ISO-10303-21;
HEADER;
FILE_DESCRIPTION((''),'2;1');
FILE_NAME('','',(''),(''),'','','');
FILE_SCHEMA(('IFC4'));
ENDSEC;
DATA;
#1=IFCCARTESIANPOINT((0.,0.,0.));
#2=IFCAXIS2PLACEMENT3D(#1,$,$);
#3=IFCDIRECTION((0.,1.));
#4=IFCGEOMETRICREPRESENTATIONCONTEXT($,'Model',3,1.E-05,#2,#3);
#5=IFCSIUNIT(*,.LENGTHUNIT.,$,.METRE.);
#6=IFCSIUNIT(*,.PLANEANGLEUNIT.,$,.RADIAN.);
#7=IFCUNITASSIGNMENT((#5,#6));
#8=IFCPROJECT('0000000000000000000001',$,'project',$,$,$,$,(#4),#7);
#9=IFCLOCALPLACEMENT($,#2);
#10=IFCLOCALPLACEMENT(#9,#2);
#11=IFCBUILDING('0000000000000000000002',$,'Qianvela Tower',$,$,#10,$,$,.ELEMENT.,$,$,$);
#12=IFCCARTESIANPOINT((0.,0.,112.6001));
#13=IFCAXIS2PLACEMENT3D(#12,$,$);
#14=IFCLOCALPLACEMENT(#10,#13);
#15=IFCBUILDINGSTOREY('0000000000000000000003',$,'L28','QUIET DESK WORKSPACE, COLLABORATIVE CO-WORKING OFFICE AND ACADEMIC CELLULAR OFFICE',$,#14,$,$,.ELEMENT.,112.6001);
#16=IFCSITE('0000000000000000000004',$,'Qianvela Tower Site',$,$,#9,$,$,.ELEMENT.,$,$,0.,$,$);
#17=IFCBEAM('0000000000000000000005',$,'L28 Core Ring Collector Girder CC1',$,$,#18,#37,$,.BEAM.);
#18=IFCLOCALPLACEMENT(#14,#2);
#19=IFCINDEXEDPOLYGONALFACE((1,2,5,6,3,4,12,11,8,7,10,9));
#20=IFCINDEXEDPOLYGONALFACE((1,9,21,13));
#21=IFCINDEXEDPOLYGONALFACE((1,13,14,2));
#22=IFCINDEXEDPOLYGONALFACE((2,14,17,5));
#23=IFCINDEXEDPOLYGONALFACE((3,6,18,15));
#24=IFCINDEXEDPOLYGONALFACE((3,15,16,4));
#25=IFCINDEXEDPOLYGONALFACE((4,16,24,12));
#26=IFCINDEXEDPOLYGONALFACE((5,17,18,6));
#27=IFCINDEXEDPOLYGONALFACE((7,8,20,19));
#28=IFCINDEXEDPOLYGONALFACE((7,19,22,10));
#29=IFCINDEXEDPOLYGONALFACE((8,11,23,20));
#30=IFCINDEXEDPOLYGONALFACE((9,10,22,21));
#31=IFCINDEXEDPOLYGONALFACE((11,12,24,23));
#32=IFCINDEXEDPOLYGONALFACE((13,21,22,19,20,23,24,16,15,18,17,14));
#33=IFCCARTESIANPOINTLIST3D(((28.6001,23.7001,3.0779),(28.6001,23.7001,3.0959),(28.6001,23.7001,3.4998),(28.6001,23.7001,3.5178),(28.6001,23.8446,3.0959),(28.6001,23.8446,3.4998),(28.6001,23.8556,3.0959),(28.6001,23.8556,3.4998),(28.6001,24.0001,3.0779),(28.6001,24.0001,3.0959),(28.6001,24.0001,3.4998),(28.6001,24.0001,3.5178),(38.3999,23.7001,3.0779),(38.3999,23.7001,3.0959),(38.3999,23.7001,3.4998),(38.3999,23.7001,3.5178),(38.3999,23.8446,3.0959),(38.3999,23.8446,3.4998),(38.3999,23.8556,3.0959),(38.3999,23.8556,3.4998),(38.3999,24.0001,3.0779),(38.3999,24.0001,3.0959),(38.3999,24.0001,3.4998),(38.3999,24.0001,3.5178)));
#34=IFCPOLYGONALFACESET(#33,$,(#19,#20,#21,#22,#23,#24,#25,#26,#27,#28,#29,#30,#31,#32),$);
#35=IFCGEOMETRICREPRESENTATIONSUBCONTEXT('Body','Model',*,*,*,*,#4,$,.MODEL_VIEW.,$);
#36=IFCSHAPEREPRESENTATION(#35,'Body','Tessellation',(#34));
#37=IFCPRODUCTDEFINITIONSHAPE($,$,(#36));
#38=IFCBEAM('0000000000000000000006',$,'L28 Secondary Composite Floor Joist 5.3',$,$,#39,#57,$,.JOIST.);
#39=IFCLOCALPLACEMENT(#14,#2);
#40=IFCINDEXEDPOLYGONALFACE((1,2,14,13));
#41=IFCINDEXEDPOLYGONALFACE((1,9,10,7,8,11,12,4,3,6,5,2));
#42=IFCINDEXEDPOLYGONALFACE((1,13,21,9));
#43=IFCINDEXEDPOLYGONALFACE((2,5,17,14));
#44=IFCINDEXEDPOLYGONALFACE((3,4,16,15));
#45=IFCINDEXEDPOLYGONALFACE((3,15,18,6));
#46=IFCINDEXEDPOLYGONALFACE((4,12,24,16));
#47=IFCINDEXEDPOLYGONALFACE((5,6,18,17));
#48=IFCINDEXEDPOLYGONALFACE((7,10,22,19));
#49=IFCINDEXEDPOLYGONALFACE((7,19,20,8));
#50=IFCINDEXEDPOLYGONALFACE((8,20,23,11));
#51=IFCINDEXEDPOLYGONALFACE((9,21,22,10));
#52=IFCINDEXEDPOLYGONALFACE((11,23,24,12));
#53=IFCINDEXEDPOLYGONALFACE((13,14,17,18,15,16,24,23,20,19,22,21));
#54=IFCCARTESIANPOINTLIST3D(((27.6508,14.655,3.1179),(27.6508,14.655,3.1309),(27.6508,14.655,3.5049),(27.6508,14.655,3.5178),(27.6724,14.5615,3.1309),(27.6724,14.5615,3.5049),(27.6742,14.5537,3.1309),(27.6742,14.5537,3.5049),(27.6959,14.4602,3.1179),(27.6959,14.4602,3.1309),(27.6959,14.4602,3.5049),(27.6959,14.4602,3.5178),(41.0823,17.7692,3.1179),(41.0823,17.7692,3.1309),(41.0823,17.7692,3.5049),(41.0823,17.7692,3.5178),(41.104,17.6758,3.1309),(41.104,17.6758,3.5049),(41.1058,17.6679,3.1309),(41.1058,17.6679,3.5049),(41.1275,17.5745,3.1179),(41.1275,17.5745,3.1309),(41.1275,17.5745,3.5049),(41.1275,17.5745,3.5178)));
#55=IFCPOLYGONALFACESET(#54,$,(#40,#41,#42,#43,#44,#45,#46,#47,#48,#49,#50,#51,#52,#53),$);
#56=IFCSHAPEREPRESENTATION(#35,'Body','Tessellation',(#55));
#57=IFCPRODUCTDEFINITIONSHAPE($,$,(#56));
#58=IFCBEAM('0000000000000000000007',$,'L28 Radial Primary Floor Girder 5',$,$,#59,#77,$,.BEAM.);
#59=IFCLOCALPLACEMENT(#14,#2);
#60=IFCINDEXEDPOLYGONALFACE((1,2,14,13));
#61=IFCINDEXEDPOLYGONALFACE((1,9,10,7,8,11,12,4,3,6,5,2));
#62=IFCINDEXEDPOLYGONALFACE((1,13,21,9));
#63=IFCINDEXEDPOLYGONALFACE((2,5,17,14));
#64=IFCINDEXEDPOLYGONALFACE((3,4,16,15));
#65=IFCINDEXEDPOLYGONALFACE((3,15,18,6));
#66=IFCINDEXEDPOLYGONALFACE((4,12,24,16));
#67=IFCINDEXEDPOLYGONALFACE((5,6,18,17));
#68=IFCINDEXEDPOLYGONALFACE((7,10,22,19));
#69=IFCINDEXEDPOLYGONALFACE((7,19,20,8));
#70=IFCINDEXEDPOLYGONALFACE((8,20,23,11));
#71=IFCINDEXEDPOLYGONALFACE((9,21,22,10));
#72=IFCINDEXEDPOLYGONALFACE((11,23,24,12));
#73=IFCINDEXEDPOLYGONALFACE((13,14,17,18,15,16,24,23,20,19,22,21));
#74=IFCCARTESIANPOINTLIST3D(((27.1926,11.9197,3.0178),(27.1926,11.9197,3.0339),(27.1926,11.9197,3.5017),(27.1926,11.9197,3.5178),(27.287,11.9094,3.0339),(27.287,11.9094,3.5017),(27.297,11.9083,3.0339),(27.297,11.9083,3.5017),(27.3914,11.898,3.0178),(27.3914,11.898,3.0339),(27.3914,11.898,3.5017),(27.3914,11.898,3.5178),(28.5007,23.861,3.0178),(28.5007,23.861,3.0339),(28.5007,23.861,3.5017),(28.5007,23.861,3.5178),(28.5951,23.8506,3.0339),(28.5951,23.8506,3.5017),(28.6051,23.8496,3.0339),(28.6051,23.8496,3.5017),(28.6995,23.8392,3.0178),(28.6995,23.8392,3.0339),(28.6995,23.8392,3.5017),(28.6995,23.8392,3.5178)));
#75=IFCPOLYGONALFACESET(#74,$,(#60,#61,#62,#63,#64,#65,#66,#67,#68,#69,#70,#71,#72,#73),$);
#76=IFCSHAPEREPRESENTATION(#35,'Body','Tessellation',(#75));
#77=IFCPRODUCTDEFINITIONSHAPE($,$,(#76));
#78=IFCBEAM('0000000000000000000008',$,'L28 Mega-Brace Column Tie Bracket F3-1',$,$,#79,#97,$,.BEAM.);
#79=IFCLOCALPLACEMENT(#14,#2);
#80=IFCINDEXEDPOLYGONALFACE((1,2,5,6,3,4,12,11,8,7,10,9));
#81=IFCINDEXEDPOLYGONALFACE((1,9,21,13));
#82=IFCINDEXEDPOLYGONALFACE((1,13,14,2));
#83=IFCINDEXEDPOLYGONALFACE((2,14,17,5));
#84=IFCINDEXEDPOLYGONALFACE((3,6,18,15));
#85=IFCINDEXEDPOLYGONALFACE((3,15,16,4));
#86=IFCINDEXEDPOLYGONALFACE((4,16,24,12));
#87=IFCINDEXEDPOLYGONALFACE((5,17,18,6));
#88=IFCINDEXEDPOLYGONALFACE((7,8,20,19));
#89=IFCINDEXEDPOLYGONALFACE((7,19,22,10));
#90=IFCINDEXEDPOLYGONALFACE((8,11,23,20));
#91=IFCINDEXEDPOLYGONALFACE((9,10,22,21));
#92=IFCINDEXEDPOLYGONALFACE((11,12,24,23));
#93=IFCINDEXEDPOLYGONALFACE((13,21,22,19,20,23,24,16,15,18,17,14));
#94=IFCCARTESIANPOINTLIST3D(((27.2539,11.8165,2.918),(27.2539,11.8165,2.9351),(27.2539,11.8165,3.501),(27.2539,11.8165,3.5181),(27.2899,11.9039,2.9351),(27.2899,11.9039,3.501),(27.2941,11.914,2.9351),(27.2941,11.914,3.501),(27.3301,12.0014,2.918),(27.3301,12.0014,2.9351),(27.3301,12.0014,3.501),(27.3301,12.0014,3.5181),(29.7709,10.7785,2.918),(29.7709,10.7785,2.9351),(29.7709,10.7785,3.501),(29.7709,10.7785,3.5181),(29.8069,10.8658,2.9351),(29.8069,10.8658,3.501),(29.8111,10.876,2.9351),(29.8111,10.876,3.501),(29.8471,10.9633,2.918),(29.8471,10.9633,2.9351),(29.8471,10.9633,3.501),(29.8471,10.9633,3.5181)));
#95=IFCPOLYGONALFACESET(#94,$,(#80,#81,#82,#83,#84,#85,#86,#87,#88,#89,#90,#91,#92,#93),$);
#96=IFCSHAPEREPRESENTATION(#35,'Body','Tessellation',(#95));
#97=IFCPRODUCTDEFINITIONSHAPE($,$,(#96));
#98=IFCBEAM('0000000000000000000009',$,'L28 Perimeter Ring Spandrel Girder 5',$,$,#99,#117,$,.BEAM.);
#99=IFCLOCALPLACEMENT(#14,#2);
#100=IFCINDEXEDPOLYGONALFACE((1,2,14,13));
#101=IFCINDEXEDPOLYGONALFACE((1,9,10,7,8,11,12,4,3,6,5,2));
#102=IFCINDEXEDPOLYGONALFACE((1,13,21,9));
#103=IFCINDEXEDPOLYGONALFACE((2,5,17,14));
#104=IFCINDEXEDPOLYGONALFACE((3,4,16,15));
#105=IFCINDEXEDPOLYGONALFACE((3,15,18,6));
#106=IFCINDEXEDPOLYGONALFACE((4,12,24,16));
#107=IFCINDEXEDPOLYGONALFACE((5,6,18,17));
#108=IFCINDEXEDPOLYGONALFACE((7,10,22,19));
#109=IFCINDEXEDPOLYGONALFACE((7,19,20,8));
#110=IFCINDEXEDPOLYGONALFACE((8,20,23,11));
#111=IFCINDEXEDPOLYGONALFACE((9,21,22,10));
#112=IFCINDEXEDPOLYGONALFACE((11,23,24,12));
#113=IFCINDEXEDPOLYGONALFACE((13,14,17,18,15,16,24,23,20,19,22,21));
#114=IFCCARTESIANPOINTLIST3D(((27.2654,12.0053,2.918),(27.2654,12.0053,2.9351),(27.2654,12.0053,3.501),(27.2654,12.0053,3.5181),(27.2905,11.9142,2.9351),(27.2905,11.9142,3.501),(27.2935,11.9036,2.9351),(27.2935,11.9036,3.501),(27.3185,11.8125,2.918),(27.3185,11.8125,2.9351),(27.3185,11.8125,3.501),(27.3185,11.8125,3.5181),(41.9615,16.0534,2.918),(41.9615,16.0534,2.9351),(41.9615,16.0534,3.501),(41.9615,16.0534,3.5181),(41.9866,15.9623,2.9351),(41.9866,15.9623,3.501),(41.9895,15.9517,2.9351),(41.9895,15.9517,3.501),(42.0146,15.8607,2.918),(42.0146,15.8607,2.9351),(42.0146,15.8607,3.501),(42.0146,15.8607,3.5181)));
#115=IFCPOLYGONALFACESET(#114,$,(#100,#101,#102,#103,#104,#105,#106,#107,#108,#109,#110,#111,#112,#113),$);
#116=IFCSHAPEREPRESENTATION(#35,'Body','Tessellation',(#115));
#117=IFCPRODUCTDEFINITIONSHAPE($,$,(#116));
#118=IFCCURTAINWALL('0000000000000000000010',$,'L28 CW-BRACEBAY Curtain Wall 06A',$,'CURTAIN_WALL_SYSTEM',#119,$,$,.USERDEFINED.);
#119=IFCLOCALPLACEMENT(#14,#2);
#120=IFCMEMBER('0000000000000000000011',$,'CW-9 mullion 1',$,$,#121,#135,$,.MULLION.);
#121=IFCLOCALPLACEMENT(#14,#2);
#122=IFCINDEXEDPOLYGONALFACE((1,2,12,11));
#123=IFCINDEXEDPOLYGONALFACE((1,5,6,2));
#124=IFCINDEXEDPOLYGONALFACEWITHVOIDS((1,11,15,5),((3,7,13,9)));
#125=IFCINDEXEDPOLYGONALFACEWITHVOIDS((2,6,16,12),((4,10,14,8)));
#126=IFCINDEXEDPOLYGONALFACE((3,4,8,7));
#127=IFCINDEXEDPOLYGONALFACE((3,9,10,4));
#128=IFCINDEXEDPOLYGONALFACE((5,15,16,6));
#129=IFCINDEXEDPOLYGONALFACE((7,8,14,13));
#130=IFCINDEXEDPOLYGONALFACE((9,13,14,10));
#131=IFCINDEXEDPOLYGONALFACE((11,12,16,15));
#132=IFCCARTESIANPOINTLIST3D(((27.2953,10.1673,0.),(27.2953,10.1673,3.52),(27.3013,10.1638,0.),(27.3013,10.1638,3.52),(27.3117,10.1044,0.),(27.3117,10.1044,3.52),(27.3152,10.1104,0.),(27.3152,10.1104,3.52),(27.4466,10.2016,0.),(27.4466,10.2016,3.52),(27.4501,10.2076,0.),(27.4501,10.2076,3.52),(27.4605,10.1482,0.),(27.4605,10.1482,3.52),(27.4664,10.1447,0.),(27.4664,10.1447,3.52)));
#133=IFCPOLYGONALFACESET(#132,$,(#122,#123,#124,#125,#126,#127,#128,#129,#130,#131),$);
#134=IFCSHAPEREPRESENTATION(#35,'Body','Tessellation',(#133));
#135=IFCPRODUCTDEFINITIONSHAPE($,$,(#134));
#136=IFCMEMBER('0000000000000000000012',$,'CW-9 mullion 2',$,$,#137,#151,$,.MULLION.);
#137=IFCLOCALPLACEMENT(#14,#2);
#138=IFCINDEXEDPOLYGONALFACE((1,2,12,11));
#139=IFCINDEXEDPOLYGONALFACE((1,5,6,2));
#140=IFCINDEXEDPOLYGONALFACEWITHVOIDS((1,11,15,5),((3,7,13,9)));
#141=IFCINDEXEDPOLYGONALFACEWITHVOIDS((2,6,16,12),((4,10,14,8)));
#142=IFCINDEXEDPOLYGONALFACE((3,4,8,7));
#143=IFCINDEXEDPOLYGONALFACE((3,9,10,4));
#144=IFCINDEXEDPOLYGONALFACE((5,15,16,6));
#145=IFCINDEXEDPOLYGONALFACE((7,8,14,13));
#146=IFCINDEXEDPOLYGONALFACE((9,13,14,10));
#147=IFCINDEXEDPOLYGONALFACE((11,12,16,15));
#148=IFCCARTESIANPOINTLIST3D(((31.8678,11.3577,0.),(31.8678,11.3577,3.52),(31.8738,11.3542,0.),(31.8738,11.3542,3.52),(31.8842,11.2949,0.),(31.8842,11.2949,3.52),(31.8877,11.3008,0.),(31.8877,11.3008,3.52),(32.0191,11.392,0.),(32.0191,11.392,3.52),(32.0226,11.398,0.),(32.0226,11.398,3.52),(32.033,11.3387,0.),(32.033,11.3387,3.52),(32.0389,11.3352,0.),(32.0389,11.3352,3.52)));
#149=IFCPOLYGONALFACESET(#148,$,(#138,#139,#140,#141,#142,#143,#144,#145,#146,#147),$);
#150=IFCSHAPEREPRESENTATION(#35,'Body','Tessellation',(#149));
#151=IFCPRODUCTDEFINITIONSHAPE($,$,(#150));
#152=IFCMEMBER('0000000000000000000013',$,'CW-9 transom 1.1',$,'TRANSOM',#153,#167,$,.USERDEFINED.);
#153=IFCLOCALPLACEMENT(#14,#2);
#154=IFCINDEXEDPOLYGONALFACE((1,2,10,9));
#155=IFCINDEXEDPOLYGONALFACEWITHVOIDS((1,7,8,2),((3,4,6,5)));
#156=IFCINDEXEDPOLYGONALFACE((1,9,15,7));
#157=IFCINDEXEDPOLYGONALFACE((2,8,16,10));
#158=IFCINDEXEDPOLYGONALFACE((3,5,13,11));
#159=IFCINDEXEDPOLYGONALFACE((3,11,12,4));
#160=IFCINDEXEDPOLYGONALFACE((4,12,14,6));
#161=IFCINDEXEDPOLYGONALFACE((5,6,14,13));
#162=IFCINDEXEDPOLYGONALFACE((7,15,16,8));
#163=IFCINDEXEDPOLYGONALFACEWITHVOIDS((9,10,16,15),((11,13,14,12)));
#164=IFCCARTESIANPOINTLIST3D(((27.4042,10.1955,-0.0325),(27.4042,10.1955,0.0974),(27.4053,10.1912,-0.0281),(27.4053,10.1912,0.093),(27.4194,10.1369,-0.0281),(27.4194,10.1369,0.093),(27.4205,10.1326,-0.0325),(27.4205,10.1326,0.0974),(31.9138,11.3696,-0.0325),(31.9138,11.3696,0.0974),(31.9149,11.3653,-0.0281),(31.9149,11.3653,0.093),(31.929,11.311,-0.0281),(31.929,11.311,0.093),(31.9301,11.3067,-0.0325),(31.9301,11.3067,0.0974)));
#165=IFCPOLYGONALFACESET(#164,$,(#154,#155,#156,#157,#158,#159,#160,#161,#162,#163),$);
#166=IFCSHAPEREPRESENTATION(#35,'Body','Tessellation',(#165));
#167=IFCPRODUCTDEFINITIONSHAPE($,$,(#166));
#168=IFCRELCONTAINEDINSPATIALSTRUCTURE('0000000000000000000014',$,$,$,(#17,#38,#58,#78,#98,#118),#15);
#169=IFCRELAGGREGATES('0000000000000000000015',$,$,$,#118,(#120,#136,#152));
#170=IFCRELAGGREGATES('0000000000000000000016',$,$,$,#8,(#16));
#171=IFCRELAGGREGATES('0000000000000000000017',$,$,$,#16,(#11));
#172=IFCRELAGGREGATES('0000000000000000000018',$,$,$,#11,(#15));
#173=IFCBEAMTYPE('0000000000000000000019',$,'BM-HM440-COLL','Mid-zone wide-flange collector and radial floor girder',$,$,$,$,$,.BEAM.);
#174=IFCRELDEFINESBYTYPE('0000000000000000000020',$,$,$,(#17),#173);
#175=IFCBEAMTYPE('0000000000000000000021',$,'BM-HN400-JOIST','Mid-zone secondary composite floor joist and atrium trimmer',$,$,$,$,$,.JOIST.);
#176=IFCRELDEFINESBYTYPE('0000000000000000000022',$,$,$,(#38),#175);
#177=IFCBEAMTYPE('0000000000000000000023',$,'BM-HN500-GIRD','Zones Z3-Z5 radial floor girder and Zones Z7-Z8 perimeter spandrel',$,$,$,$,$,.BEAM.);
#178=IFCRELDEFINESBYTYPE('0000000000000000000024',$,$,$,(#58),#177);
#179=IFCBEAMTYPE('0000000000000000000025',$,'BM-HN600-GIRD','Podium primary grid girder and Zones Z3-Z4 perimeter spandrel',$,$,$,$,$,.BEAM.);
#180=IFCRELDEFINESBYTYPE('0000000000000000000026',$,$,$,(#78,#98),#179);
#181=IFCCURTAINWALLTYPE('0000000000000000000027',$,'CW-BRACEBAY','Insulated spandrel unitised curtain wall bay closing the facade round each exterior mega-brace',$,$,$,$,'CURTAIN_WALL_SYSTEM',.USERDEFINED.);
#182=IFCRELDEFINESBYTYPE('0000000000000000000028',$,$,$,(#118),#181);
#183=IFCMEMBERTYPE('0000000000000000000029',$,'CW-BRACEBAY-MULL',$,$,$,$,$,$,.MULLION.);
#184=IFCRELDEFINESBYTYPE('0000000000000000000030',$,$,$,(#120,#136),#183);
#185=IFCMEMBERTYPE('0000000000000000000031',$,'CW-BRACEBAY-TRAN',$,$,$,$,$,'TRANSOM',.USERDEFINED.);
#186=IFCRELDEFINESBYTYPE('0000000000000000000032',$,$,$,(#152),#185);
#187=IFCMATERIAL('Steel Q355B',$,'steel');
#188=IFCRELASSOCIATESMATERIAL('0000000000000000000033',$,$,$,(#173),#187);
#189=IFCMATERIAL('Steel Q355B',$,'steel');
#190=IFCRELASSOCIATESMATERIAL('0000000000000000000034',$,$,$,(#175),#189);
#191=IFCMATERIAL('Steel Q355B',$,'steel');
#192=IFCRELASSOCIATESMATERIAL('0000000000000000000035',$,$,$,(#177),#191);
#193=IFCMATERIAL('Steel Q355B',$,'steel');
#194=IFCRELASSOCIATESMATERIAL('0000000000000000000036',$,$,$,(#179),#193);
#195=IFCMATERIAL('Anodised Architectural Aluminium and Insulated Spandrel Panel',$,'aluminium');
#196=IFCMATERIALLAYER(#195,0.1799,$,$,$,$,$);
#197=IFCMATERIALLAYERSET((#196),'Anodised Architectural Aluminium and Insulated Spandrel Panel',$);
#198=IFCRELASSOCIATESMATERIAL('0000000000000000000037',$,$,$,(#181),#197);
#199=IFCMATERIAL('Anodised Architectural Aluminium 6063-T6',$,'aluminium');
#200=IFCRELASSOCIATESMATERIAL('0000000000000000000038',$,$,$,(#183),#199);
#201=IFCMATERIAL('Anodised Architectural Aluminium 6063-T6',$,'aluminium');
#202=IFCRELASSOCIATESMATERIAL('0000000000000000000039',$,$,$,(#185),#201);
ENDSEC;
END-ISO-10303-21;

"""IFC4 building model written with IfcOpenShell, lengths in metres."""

from ifc_helpers import new_model, si_unit, direction, frame, origin, origin_2d, place, context, subcontext, project, spatial, hollow_rectangle, i_section, extrude, material, layer, layer_set, material_profile, profile_set, type_object, element, aggregate, save


model = new_model("IFC4")

# Units and contexts
model_context = context("Model", 3, precision=1e-05, world=origin(), true_north=direction((0.0, 1.0)))
body_context = subcontext(model_context, "Body", "Model", "MODEL_VIEW")
ifc_project = project(units=[si_unit("LENGTHUNIT", "METRE"), si_unit("PLANEANGLEUNIT", "RADIAN")], contexts=[model_context])

# Site, building, storey
site_placement = place(None, origin())
site = spatial("IfcSite", under=ifc_project, at=site_placement, Name="Qianvela Tower Site", CompositionType="ELEMENT", RefElevation=0.0)
building_placement = place(site_placement, origin())
building = spatial("IfcBuilding", under=site, at=building_placement, Name="Qianvela Tower", CompositionType="ELEMENT")
storey_placement = place(building_placement, frame((0.0, 0.0, 112.6001)))
storey = spatial("IfcBuildingStorey", under=building, at=storey_placement, Name="L28", Description="QUIET DESK WORKSPACE, COLLABORATIVE CO-WORKING OFFICE AND ACADEMIC CELLULAR OFFICE", CompositionType="ELEMENT", Elevation=112.6001)

# Beams
ifc_material_1 = material(Name="Steel Q355B", Category="steel")
ifc_material_profile_1 = material_profile(ifc_material_1, i_section(OverallWidth=0.3, OverallDepth=0.4399, WebThickness=0.011, FlangeThickness=0.0181, at=origin_2d()), Name="HM440x300x11x18")
ifc_profile_set_1 = profile_set([ifc_material_profile_1], Name="Steel Q355B")
beam_type_1 = type_object("IfcBeamType", Name="BM-HM440-COLL", Description="Mid-zone wide-flange collector and radial floor girder", PredefinedType="BEAM", material=ifc_profile_set_1)
beam_1_placement = place(storey_placement, frame((28.6001, 23.8501, 3.2979), z_axis=(1.0, 0.0, 0.0), x_axis=(0.0, 1.0, 0.0)))
element("IfcBeam", 1, at=beam_1_placement, inside=storey, type_object=beam_type_1, Name="L28 Core Ring Collector Girder CC1", PredefinedType="BEAM", context=body_context, shape_type="SweptSolid", body=[
    extrude(i_section(OverallWidth=0.3, OverallDepth=0.4399, WebThickness=0.011, FlangeThickness=0.0181, at=origin_2d()), origin(), (0.0, 0.0, 1.0), 9.7998),
])
ifc_material_2 = material(Name="Steel Q355B", Category="steel")
ifc_material_profile_2 = material_profile(ifc_material_2, i_section(OverallWidth=0.2, OverallDepth=0.3999, WebThickness=0.0081, FlangeThickness=0.0129, at=origin_2d()), Name="HN400x200x8x13")
ifc_profile_set_2 = profile_set([ifc_material_profile_2], Name="Steel Q355B")
beam_type_2 = type_object("IfcBeamType", Name="BM-HN400-JOIST", Description="Mid-zone secondary composite floor joist and atrium trimmer", PredefinedType="JOIST", material=ifc_profile_set_2)
beam_2_placement = place(storey_placement, frame((27.6733, 14.5576, 3.3179), z_axis=(0.974158, 0.225868, 0.0), x_axis=(-0.225868, 0.974158, 0.0)))
element("IfcBeam", 2, at=beam_2_placement, inside=storey, type_object=beam_type_2, Name="L28 Secondary Composite Floor Joist 5.3", PredefinedType="JOIST", context=body_context, shape_type="SweptSolid", body=[
    extrude(i_section(OverallWidth=0.2, OverallDepth=0.3999, WebThickness=0.0081, FlangeThickness=0.0129, at=origin_2d()), origin(), (0.0, 0.0, 1.0), 13.7878),
])
ifc_material_3 = material(Name="Steel Q355B", Category="steel")
ifc_material_profile_3 = material_profile(ifc_material_3, i_section(OverallWidth=0.2, OverallDepth=0.5, WebThickness=0.01, FlangeThickness=0.0161, at=origin_2d()), Name="HN500x200x10x16")
ifc_profile_set_3 = profile_set([ifc_material_profile_3], Name="Steel Q355B")
beam_type_3 = type_object("IfcBeamType", Name="BM-HN500-GIRD", Description="Zones Z3-Z5 radial floor girder and Zones Z7-Z8 perimeter spandrel", PredefinedType="BEAM", material=ifc_profile_set_3)
beam_3_placement = place(storey_placement, frame((28.6001, 23.8501, 3.2678), z_axis=(-0.108894, -0.994053, 0.0), x_axis=(0.994053, -0.108894, 0.0)))
element("IfcBeam", 3, at=beam_3_placement, inside=storey, type_object=beam_type_3, Name="L28 Radial Primary Floor Girder 5", PredefinedType="BEAM", context=body_context, shape_type="SweptSolid", body=[
    extrude(i_section(OverallWidth=0.2, OverallDepth=0.5, WebThickness=0.01, FlangeThickness=0.0161, at=origin_2d()), origin(), (0.0, 0.0, 1.0), 12.0127),
])
ifc_material_4 = material(Name="Steel Q355B", Category="steel")
ifc_material_profile_4 = material_profile(ifc_material_4, i_section(OverallWidth=0.2, OverallDepth=0.6001, WebThickness=0.011, FlangeThickness=0.0171, at=origin_2d()), Name="HN600x200x11x17")
ifc_profile_set_4 = profile_set([ifc_material_profile_4], Name="Steel Q355B")
beam_type_4 = type_object("IfcBeamType", Name="BM-HN600-GIRD", Description="Podium primary grid girder and Zones Z3-Z4 perimeter spandrel", PredefinedType="BEAM", material=ifc_profile_set_4)
beam_4_placement = place(storey_placement, frame((27.292, 11.9089, 3.218), z_axis=(0.924466, -0.381264, 0.0), x_axis=(0.381264, 0.924466, 0.0)))
element("IfcBeam", 4, at=beam_4_placement, inside=storey, type_object=beam_type_4, Name="L28 Mega-Brace Column Tie Bracket F3-1", PredefinedType="BEAM", context=body_context, shape_type="SweptSolid", body=[
    extrude(i_section(OverallWidth=0.2, OverallDepth=0.6001, WebThickness=0.011, FlangeThickness=0.0171, at=origin_2d()), origin(), (0.0, 0.0, 1.0), 2.7227),
])
beam_5_placement = place(storey_placement, frame((27.292, 11.9089, 3.218), z_axis=(0.964093, 0.265564, 0.0), x_axis=(-0.265564, 0.964093, 0.0)))
element("IfcBeam", 5, at=beam_5_placement, inside=storey, type_object=beam_type_4, Name="L28 Perimeter Ring Spandrel Girder 5", PredefinedType="BEAM", context=body_context, shape_type="SweptSolid", body=[
    extrude(i_section(OverallWidth=0.2, OverallDepth=0.6001, WebThickness=0.011, FlangeThickness=0.0171, at=origin_2d()), origin(), (0.0, 0.0, 1.0), 15.2434),
])

# Curtain wall, members
ifc_material_5 = material(Name="Anodised Architectural Aluminium and Insulated Spandrel Panel", Category="aluminium")
ifc_layer_1 = layer(ifc_material_5, 0.1799)
ifc_layer_set_1 = layer_set([ifc_layer_1], Name="Anodised Architectural Aluminium and Insulated Spandrel Panel")
curtain_wall_type = type_object("IfcCurtainWallType", Name="CW-BRACEBAY", Description="Insulated spandrel unitised curtain wall bay closing the facade round each exterior mega-brace", ElementType="CURTAIN_WALL_SYSTEM", PredefinedType="USERDEFINED", material=ifc_layer_set_1)
curtain_wall_placement = place(storey_placement, origin())
curtain_wall = element("IfcCurtainWall", 6, at=curtain_wall_placement, inside=storey, type_object=curtain_wall_type, Name="L28 CW-BRACEBAY Curtain Wall 06A", ObjectType="CURTAIN_WALL_SYSTEM", PredefinedType="USERDEFINED")
ifc_material_6 = material(Name="Anodised Architectural Aluminium 6063-T6", Category="aluminium")
ifc_material_profile_5 = material_profile(ifc_material_6, hollow_rectangle(XDim=0.0649, YDim=0.1599, WallThickness=0.0049, at=origin_2d()), Name="ALU-MULL-65x160")
ifc_profile_set_5 = profile_set([ifc_material_profile_5], Name="Anodised Architectural Aluminium 6063-T6")
member_type_1 = type_object("IfcMemberType", Name="CW-BRACEBAY-MULL", PredefinedType="MULLION", material=ifc_profile_set_5)
member_1_placement = place(storey_placement, frame((27.3809, 10.156, 0.0), z_axis=(0.0, 0.0, 1.0), x_axis=(-0.251941, 0.967743, 0.0)))
member_1 = element("IfcMember", 7, at=member_1_placement, type_object=member_type_1, Name="CW-9 mullion 1", PredefinedType="MULLION", context=body_context, shape_type="SweptSolid", body=[
    extrude(hollow_rectangle(XDim=0.0649, YDim=0.1599, WallThickness=0.0049, at=origin_2d()), origin(), (0.0, 0.0, 1.0), 3.52),
])
member_2_placement = place(storey_placement, frame((31.9534, 11.3464, 0.0), z_axis=(0.0, 0.0, 1.0), x_axis=(-0.251941, 0.967743, 0.0)))
member_2 = element("IfcMember", 8, at=member_2_placement, type_object=member_type_1, Name="CW-9 mullion 2", PredefinedType="MULLION", context=body_context, shape_type="SweptSolid", body=[
    extrude(hollow_rectangle(XDim=0.0649, YDim=0.1599, WallThickness=0.0049, at=origin_2d()), origin(), (0.0, 0.0, 1.0), 3.52),
])
ifc_material_7 = material(Name="Anodised Architectural Aluminium 6063-T6", Category="aluminium")
ifc_material_profile_6 = material_profile(ifc_material_7, hollow_rectangle(XDim=0.0649, YDim=0.1299, WallThickness=0.0044, at=origin_2d()), Name="ALU-TRAN-65x130")
ifc_profile_set_6 = profile_set([ifc_material_profile_6], Name="Anodised Architectural Aluminium 6063-T6")
member_type_2 = type_object("IfcMemberType", Name="CW-BRACEBAY-TRAN", ElementType="TRANSOM", PredefinedType="USERDEFINED", material=ifc_profile_set_6)
member_3_placement = place(storey_placement, frame((27.4124, 10.1641, 0.0325), z_axis=(0.967739, 0.251955, 0.0), x_axis=(-0.251955, 0.967739, 0.0)))
member_3 = element("IfcMember", 9, at=member_3_placement, type_object=member_type_2, Name="CW-9 transom 1.1", ObjectType="TRANSOM", PredefinedType="USERDEFINED", context=body_context, shape_type="SweptSolid", body=[
    extrude(hollow_rectangle(XDim=0.0649, YDim=0.1299, WallThickness=0.0044, at=origin_2d()), origin(), (0.0, 0.0, 1.0), 4.6599),
])

aggregate(curtain_wall, [member_1, member_2, member_3])

save(model, "model.ifc")
